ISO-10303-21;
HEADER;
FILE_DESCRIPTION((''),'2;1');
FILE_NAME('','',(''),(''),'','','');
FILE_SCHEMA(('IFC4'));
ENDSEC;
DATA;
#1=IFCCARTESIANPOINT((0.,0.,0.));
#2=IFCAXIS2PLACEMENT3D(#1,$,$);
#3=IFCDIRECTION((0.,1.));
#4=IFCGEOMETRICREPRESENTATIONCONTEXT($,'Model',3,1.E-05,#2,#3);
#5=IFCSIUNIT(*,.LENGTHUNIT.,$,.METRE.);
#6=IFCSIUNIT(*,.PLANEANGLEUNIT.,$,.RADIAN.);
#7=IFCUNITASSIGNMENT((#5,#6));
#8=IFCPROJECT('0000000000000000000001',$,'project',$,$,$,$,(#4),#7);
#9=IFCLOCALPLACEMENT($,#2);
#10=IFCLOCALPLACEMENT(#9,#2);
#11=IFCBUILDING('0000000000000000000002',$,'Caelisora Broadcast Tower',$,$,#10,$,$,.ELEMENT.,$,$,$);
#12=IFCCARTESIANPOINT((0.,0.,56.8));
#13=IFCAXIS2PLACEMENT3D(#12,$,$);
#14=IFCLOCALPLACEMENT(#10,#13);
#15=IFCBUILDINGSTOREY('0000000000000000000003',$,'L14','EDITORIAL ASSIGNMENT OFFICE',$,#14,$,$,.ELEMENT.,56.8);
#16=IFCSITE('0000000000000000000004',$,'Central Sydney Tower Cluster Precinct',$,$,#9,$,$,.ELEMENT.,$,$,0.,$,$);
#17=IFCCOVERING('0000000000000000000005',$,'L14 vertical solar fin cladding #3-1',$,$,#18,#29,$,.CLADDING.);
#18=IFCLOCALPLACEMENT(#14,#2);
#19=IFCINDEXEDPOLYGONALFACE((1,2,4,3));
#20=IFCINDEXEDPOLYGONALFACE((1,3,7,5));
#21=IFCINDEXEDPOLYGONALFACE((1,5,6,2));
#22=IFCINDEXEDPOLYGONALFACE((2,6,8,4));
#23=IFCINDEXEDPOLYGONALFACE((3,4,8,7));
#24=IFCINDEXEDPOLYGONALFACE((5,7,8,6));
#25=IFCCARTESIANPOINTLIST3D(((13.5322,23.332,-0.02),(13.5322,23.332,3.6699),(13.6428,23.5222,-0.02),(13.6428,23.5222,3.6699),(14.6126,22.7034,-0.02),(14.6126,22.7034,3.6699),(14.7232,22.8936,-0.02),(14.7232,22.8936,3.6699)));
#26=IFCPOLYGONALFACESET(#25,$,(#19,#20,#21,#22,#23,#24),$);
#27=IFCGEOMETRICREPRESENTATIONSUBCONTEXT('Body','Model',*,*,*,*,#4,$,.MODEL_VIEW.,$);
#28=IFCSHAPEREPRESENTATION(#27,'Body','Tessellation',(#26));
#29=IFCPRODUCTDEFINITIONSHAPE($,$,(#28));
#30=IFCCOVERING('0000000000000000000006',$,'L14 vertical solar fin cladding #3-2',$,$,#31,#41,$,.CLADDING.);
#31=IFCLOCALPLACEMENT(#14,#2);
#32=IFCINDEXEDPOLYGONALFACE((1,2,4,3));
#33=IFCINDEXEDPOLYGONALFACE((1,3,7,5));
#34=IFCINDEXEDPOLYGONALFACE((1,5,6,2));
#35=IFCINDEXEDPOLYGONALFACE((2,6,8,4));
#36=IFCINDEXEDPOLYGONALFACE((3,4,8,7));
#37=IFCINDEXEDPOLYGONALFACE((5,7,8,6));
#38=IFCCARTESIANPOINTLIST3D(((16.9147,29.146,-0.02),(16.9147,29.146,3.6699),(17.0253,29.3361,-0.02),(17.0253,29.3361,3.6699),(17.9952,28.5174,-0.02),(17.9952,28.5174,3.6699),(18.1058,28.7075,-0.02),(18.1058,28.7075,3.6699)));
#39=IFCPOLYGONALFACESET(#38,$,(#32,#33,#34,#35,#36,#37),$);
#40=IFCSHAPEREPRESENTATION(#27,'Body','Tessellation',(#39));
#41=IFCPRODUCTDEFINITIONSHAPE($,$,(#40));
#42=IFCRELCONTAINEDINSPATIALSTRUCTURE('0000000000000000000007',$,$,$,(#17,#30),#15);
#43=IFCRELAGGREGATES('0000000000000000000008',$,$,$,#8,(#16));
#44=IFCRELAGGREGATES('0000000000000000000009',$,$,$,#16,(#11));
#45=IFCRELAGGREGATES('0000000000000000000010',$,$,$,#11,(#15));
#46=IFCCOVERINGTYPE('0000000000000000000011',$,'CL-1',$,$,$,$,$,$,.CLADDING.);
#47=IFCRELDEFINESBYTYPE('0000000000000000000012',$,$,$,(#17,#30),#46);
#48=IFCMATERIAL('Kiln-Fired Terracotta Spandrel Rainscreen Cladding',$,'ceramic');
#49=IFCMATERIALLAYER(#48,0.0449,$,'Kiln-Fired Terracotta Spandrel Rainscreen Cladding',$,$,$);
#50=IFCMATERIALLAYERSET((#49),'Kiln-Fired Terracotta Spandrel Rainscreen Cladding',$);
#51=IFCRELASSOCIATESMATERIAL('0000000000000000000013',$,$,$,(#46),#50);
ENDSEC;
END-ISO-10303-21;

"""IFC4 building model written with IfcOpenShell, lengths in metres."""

from ifc_helpers import new_model, si_unit, direction, frame, origin, origin_2d, place, context, subcontext, project, spatial, rectangle, extrude, source, transform, mapped, material, layer, layer_set, type_object, type_shapes, element, save


model = new_model("IFC4")

# Units and contexts
model_context = context("Model", 3, precision=1e-05, world=origin(), true_north=direction((0.0, 1.0)))
body_context = subcontext(model_context, "Body", "Model", "MODEL_VIEW")
ifc_project = project(units=[si_unit("LENGTHUNIT", "METRE"), si_unit("PLANEANGLEUNIT", "RADIAN")], contexts=[model_context])

# Site, building, storey
site_placement = place(None, origin())
site = spatial("IfcSite", under=ifc_project, at=site_placement, Name="Central Sydney Tower Cluster Precinct", CompositionType="ELEMENT", RefElevation=0.0)
building_placement = place(site_placement, origin())
building = spatial("IfcBuilding", under=site, at=building_placement, Name="Caelisora Broadcast Tower", CompositionType="ELEMENT")
storey_placement = place(building_placement, frame((0.0, 0.0, 56.8)))
storey = spatial("IfcBuildingStorey", under=building, at=storey_placement, Name="L14", Description="EDITORIAL ASSIGNMENT OFFICE", CompositionType="ELEMENT", Elevation=56.8)

# Coverings
ifc_material_1 = material(Name="Kiln-Fired Terracotta Spandrel Rainscreen Cladding", Category="ceramic")
ifc_layer_1 = layer(ifc_material_1, 0.0449, Name="Kiln-Fired Terracotta Spandrel Rainscreen Cladding")
ifc_layer_set_1 = layer_set([ifc_layer_1], Name="Kiln-Fired Terracotta Spandrel Rainscreen Cladding")
covering_type = type_object("IfcCoveringType", Name="CL-1", PredefinedType="CLADDING", material=ifc_layer_set_1)
shared_shape_1 = source(origin(), body_context, "Body", "SweptSolid", [
    extrude(rectangle(XDim=0.22, YDim=1.25, at=origin_2d()), origin(), (0.0, 0.0, 1.0), 3.6899),
])
type_shapes(covering_type, [shared_shape_1])
for number, where, z_axis, x_axis, name in (
    (1, (14.1277, 23.1128, -0.02), (0.0, 0.0, 1.0), (0.502869, 0.864363, 0.0), "L14 vertical solar fin cladding #3-1"),
    (2, (17.5103, 28.9268, -0.02), (0.0, 0.0, 1.0), (0.502869, 0.864363, 0.0), "L14 vertical solar fin cladding #3-2"),
):
    element("IfcCovering", number, at=place(storey_placement, frame(where, z_axis=z_axis, x_axis=x_axis)), inside=storey, type_object=covering_type, Name=name, PredefinedType="CLADDING", context=body_context, shape_type="MappedRepresentation", body=[
        mapped(shared_shape_1, transform((0.0, 0.0, 0.0), scale=1.0)),
    ])

save(model, "model.ifc")
